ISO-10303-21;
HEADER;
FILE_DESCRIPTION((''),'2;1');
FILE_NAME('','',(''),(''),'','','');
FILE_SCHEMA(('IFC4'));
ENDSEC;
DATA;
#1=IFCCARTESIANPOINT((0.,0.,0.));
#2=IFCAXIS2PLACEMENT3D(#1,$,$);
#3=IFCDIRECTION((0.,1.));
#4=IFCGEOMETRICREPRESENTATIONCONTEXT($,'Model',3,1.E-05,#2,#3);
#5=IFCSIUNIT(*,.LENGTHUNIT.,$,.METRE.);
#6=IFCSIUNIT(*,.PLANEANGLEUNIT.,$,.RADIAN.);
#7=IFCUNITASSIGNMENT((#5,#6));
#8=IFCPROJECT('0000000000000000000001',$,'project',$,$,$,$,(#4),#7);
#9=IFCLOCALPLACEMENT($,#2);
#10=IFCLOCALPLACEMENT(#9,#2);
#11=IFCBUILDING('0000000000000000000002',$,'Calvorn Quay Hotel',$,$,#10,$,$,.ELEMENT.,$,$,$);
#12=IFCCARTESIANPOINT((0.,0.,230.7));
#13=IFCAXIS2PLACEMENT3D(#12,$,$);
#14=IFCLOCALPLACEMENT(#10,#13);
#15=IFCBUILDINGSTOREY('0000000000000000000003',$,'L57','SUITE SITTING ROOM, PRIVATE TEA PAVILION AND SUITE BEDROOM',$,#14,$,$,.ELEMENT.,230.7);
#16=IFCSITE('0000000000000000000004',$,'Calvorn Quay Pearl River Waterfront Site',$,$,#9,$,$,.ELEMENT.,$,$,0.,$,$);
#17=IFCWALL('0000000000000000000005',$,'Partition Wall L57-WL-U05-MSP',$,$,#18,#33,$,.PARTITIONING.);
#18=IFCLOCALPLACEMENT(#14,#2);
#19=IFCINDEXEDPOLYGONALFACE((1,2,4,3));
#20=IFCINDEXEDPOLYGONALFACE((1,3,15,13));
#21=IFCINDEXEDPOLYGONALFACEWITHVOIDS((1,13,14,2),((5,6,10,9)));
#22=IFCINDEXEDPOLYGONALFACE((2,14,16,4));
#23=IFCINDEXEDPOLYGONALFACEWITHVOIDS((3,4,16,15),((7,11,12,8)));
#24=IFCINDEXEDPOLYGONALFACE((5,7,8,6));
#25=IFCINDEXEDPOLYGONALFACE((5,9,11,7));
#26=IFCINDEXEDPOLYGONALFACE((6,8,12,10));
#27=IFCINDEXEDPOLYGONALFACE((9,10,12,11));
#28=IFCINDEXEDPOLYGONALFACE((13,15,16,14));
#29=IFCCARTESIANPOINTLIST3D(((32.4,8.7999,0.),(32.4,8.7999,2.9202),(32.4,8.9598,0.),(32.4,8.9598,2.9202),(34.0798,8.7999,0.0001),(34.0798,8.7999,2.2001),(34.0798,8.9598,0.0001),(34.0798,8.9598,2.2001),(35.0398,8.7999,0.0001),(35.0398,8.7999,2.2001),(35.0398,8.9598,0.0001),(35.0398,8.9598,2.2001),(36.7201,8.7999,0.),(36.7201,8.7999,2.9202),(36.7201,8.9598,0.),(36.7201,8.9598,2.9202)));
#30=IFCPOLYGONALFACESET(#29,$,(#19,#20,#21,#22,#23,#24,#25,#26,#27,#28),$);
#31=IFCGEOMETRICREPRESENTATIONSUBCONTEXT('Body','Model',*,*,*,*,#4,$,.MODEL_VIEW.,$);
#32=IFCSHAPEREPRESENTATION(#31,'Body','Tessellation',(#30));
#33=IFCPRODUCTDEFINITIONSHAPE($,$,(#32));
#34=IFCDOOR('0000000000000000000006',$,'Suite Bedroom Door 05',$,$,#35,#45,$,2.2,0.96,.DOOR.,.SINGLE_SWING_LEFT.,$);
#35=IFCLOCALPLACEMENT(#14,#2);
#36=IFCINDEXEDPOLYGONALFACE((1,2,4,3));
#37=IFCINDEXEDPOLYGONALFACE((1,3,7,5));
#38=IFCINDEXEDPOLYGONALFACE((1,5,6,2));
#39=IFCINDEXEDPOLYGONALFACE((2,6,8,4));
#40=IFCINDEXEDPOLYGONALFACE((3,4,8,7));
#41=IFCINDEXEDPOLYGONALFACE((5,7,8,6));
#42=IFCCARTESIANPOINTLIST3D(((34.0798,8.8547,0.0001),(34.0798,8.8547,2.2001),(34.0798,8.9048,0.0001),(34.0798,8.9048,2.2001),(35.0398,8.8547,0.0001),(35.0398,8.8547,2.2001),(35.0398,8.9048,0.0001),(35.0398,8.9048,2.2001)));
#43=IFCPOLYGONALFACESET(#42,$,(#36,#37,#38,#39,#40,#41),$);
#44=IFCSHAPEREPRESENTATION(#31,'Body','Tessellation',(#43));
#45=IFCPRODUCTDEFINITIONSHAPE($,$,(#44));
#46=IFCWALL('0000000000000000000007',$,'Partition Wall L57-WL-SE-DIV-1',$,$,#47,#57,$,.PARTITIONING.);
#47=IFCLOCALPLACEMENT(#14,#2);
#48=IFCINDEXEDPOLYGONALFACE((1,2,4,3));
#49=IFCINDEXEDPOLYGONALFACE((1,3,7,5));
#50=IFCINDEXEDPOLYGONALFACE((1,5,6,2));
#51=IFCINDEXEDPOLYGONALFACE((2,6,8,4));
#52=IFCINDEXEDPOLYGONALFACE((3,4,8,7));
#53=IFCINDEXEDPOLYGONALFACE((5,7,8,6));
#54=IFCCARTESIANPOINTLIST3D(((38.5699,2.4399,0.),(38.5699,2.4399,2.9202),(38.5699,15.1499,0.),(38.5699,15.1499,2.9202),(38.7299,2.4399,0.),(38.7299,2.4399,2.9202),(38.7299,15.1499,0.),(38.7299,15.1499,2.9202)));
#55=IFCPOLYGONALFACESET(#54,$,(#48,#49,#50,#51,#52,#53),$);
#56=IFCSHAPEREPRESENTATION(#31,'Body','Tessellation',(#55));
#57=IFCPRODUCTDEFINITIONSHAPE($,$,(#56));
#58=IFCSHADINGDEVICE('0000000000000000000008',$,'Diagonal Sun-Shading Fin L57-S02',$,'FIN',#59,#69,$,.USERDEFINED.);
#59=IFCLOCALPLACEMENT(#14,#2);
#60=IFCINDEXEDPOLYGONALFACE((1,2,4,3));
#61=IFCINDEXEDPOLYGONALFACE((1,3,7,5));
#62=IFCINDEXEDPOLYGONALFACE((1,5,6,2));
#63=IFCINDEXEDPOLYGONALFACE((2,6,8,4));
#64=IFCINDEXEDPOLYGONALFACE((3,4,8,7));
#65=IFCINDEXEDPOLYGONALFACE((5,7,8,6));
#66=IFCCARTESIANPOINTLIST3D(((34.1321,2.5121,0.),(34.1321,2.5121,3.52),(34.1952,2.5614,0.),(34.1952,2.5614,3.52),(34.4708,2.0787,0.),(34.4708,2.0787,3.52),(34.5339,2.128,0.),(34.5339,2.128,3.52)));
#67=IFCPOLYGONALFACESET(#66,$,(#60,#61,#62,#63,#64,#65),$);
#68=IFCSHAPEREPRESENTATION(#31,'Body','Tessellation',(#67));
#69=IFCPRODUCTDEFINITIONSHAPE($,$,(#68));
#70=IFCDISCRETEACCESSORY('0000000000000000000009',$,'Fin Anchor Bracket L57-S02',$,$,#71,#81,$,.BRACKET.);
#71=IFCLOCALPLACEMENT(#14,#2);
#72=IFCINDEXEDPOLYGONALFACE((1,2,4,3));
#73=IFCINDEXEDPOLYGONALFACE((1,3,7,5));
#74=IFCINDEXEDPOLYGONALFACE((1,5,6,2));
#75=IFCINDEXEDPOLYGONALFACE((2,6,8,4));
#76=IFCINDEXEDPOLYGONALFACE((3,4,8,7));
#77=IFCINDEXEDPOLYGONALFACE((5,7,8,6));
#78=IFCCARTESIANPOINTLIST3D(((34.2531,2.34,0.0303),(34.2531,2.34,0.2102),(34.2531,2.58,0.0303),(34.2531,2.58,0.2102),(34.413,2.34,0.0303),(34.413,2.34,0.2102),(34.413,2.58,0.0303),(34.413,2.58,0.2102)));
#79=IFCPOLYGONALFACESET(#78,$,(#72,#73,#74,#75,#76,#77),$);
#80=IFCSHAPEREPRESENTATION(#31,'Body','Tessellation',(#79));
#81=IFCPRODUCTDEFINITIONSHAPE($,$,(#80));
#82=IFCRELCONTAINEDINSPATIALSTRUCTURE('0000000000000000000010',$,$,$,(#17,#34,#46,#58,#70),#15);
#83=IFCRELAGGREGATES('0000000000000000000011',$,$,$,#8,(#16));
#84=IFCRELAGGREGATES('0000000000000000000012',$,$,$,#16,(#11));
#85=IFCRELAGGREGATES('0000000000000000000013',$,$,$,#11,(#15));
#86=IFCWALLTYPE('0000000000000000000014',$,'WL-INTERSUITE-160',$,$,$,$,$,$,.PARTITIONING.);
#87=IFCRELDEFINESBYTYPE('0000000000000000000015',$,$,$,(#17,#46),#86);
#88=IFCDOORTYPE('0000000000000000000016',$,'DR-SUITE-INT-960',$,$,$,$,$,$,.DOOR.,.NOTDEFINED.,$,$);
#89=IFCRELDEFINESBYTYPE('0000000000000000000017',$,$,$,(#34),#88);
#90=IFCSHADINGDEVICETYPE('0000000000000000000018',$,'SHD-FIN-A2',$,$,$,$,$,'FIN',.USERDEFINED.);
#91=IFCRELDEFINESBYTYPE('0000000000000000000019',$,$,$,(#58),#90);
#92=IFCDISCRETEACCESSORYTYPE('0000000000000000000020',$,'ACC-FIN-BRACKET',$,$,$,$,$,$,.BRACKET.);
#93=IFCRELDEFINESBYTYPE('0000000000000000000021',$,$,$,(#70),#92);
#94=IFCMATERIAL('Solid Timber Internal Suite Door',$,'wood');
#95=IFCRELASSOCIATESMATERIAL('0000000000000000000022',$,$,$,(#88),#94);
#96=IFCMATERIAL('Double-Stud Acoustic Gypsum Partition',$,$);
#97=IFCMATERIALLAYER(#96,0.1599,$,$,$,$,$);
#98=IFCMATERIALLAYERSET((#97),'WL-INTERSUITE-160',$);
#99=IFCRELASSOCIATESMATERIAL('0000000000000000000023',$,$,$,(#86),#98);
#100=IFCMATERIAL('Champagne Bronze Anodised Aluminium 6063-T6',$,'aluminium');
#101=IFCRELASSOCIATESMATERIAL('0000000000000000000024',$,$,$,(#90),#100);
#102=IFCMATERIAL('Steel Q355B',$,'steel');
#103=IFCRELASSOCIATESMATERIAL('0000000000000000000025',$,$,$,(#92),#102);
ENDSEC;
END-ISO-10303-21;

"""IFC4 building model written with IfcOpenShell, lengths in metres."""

from ifc_helpers import new_model, si_unit, direction, frame, frame_2d, origin, origin_2d, place, context, subcontext, project, spatial, rectangle, extrude, material, layer, layer_set, type_object, element, fill, save


model = new_model("IFC4")

# Units and contexts
model_context = context("Model", 3, precision=1e-05, world=origin(), true_north=direction((0.0, 1.0)))
body_context = subcontext(model_context, "Body", "Model", "MODEL_VIEW")
ifc_project = project(units=[si_unit("LENGTHUNIT", "METRE"), si_unit("PLANEANGLEUNIT", "RADIAN")], contexts=[model_context])

# Site, building, storey
site_placement = place(None, origin())
site = spatial("IfcSite", under=ifc_project, at=site_placement, Name="Calvorn Quay Pearl River Waterfront Site", CompositionType="ELEMENT", RefElevation=0.0)
building_placement = place(site_placement, origin())
building = spatial("IfcBuilding", under=site, at=building_placement, Name="Calvorn Quay Hotel", CompositionType="ELEMENT")
storey_placement = place(building_placement, frame((0.0, 0.0, 230.7)))
storey = spatial("IfcBuildingStorey", under=building, at=storey_placement, Name="L57", Description="SUITE SITTING ROOM, PRIVATE TEA PAVILION AND SUITE BEDROOM", CompositionType="ELEMENT", Elevation=230.7)

# Shared definitions
ifc_material_1 = material(Name="Solid Timber Internal Suite Door", Category="wood")
door_type_1 = type_object("IfcDoorType", Name="DR-SUITE-INT-960", OperationType="NOTDEFINED", PredefinedType="DOOR", material=ifc_material_1)

# Wall, opening, door
ifc_material_2 = material(Name="Double-Stud Acoustic Gypsum Partition")
ifc_layer_1 = layer(ifc_material_2, 0.1599)
ifc_layer_set_1 = layer_set([ifc_layer_1], Name="WL-INTERSUITE-160")
wall_type_1 = type_object("IfcWallType", Name="WL-INTERSUITE-160", PredefinedType="PARTITIONING", material=ifc_layer_set_1)
wall_1_placement = place(storey_placement, frame((32.3999, 8.8799, 0.0), z_axis=(0.0, 0.0, 1.0), x_axis=(1.0, 0.0, 0.0)))
wall_1 = element("IfcWall", 1, at=wall_1_placement, inside=storey, type_object=wall_type_1, Name="Partition Wall L57-WL-U05-MSP", PredefinedType="PARTITIONING", context=body_context, shape_type="SweptSolid", body=[
    extrude(rectangle(XDim=4.3201, YDim=0.1599, at=frame_2d((2.1602, 0.0))), origin(), (0.0, 0.0, 1.0), 2.9202),
])
opening_1_placement = place(wall_1_placement, frame((1.6799, 0.0, 0.0)))
opening_1 = element("IfcOpeningElement", 2, at=opening_1_placement, cuts=wall_1, PredefinedType="OPENING", context=body_context, shape_type="SweptSolid", body=[
    extrude(rectangle(XDim=0.96, YDim=2.2, at=frame_2d((0.48, 1.1001))), frame((0.0, 0.0898, 0.0), z_axis=(0.0, -1.0, 0.0), x_axis=(1.0, 0.0, 0.0)), (0.0, 0.0, 1.0), 0.1799),
])
door_1_placement = place(opening_1_placement, origin())
door_1 = element("IfcDoor", 3, at=door_1_placement, inside=storey, type_object=door_type_1, Name="Suite Bedroom Door 05", OperationType="SINGLE_SWING_LEFT", OverallHeight=2.2, OverallWidth=0.96, PredefinedType="DOOR", context=body_context, shape_type="SweptSolid", body=[
    extrude(rectangle(XDim=0.96, YDim=2.2, at=frame_2d((0.48, 1.1001))), frame((0.0, 0.0249, 0.0), z_axis=(0.0, -1.0, 0.0), x_axis=(1.0, 0.0, 0.0)), (0.0, 0.0, 1.0), 0.05),
])
fill(opening_1, door_1)

# Wall
wall_2_placement = place(storey_placement, frame((38.6499, 2.4399, 0.0), z_axis=(0.0, 0.0, 1.0), x_axis=(0.0, 1.0, 0.0)))
element("IfcWall", 4, at=wall_2_placement, inside=storey, type_object=wall_type_1, Name="Partition Wall L57-WL-SE-DIV-1", PredefinedType="PARTITIONING", context=body_context, shape_type="SweptSolid", body=[
    extrude(rectangle(XDim=12.71, YDim=0.1599, at=frame_2d((6.355, 0.0))), origin(), (0.0, 0.0, 1.0), 2.9202),
])

# Shading device
ifc_material_3 = material(Name="Champagne Bronze Anodised Aluminium 6063-T6", Category="aluminium")
shading_device_type = type_object("IfcShadingDeviceType", Name="SHD-FIN-A2", ElementType="FIN", PredefinedType="USERDEFINED", material=ifc_material_3)
shading_device_placement = place(storey_placement, frame((34.333, 2.3201, 0.0), z_axis=(0.0, 0.0, 1.0), x_axis=(-0.615661, 0.788011, 0.0)))
element("IfcShadingDevice", 5, at=shading_device_placement, inside=storey, type_object=shading_device_type, Name="Diagonal Sun-Shading Fin L57-S02", ObjectType="FIN", PredefinedType="USERDEFINED", context=body_context, shape_type="SweptSolid", body=[
    extrude(rectangle(XDim=0.55, YDim=0.0801, at=origin_2d()), origin(), (0.0, 0.0, 1.0), 3.52),
])

# Discrete accessory
ifc_material_4 = material(Name="Steel Q355B", Category="steel")
discrete_accessory_type = type_object("IfcDiscreteAccessoryType", Name="ACC-FIN-BRACKET", PredefinedType="BRACKET", material=ifc_material_4)
discrete_accessory_placement = place(storey_placement, frame((34.333, 2.46, 0.0303), z_axis=(0.0, 0.0, 1.0), x_axis=(0.0, 1.0, 0.0)))
element("IfcDiscreteAccessory", 6, at=discrete_accessory_placement, inside=storey, type_object=discrete_accessory_type, Name="Fin Anchor Bracket L57-S02", PredefinedType="BRACKET", context=body_context, shape_type="SweptSolid", body=[
    extrude(rectangle(XDim=0.24, YDim=0.1599, at=origin_2d()), origin(), (0.0, 0.0, 1.0), 0.1799),
])

save(model, "model.ifc")
